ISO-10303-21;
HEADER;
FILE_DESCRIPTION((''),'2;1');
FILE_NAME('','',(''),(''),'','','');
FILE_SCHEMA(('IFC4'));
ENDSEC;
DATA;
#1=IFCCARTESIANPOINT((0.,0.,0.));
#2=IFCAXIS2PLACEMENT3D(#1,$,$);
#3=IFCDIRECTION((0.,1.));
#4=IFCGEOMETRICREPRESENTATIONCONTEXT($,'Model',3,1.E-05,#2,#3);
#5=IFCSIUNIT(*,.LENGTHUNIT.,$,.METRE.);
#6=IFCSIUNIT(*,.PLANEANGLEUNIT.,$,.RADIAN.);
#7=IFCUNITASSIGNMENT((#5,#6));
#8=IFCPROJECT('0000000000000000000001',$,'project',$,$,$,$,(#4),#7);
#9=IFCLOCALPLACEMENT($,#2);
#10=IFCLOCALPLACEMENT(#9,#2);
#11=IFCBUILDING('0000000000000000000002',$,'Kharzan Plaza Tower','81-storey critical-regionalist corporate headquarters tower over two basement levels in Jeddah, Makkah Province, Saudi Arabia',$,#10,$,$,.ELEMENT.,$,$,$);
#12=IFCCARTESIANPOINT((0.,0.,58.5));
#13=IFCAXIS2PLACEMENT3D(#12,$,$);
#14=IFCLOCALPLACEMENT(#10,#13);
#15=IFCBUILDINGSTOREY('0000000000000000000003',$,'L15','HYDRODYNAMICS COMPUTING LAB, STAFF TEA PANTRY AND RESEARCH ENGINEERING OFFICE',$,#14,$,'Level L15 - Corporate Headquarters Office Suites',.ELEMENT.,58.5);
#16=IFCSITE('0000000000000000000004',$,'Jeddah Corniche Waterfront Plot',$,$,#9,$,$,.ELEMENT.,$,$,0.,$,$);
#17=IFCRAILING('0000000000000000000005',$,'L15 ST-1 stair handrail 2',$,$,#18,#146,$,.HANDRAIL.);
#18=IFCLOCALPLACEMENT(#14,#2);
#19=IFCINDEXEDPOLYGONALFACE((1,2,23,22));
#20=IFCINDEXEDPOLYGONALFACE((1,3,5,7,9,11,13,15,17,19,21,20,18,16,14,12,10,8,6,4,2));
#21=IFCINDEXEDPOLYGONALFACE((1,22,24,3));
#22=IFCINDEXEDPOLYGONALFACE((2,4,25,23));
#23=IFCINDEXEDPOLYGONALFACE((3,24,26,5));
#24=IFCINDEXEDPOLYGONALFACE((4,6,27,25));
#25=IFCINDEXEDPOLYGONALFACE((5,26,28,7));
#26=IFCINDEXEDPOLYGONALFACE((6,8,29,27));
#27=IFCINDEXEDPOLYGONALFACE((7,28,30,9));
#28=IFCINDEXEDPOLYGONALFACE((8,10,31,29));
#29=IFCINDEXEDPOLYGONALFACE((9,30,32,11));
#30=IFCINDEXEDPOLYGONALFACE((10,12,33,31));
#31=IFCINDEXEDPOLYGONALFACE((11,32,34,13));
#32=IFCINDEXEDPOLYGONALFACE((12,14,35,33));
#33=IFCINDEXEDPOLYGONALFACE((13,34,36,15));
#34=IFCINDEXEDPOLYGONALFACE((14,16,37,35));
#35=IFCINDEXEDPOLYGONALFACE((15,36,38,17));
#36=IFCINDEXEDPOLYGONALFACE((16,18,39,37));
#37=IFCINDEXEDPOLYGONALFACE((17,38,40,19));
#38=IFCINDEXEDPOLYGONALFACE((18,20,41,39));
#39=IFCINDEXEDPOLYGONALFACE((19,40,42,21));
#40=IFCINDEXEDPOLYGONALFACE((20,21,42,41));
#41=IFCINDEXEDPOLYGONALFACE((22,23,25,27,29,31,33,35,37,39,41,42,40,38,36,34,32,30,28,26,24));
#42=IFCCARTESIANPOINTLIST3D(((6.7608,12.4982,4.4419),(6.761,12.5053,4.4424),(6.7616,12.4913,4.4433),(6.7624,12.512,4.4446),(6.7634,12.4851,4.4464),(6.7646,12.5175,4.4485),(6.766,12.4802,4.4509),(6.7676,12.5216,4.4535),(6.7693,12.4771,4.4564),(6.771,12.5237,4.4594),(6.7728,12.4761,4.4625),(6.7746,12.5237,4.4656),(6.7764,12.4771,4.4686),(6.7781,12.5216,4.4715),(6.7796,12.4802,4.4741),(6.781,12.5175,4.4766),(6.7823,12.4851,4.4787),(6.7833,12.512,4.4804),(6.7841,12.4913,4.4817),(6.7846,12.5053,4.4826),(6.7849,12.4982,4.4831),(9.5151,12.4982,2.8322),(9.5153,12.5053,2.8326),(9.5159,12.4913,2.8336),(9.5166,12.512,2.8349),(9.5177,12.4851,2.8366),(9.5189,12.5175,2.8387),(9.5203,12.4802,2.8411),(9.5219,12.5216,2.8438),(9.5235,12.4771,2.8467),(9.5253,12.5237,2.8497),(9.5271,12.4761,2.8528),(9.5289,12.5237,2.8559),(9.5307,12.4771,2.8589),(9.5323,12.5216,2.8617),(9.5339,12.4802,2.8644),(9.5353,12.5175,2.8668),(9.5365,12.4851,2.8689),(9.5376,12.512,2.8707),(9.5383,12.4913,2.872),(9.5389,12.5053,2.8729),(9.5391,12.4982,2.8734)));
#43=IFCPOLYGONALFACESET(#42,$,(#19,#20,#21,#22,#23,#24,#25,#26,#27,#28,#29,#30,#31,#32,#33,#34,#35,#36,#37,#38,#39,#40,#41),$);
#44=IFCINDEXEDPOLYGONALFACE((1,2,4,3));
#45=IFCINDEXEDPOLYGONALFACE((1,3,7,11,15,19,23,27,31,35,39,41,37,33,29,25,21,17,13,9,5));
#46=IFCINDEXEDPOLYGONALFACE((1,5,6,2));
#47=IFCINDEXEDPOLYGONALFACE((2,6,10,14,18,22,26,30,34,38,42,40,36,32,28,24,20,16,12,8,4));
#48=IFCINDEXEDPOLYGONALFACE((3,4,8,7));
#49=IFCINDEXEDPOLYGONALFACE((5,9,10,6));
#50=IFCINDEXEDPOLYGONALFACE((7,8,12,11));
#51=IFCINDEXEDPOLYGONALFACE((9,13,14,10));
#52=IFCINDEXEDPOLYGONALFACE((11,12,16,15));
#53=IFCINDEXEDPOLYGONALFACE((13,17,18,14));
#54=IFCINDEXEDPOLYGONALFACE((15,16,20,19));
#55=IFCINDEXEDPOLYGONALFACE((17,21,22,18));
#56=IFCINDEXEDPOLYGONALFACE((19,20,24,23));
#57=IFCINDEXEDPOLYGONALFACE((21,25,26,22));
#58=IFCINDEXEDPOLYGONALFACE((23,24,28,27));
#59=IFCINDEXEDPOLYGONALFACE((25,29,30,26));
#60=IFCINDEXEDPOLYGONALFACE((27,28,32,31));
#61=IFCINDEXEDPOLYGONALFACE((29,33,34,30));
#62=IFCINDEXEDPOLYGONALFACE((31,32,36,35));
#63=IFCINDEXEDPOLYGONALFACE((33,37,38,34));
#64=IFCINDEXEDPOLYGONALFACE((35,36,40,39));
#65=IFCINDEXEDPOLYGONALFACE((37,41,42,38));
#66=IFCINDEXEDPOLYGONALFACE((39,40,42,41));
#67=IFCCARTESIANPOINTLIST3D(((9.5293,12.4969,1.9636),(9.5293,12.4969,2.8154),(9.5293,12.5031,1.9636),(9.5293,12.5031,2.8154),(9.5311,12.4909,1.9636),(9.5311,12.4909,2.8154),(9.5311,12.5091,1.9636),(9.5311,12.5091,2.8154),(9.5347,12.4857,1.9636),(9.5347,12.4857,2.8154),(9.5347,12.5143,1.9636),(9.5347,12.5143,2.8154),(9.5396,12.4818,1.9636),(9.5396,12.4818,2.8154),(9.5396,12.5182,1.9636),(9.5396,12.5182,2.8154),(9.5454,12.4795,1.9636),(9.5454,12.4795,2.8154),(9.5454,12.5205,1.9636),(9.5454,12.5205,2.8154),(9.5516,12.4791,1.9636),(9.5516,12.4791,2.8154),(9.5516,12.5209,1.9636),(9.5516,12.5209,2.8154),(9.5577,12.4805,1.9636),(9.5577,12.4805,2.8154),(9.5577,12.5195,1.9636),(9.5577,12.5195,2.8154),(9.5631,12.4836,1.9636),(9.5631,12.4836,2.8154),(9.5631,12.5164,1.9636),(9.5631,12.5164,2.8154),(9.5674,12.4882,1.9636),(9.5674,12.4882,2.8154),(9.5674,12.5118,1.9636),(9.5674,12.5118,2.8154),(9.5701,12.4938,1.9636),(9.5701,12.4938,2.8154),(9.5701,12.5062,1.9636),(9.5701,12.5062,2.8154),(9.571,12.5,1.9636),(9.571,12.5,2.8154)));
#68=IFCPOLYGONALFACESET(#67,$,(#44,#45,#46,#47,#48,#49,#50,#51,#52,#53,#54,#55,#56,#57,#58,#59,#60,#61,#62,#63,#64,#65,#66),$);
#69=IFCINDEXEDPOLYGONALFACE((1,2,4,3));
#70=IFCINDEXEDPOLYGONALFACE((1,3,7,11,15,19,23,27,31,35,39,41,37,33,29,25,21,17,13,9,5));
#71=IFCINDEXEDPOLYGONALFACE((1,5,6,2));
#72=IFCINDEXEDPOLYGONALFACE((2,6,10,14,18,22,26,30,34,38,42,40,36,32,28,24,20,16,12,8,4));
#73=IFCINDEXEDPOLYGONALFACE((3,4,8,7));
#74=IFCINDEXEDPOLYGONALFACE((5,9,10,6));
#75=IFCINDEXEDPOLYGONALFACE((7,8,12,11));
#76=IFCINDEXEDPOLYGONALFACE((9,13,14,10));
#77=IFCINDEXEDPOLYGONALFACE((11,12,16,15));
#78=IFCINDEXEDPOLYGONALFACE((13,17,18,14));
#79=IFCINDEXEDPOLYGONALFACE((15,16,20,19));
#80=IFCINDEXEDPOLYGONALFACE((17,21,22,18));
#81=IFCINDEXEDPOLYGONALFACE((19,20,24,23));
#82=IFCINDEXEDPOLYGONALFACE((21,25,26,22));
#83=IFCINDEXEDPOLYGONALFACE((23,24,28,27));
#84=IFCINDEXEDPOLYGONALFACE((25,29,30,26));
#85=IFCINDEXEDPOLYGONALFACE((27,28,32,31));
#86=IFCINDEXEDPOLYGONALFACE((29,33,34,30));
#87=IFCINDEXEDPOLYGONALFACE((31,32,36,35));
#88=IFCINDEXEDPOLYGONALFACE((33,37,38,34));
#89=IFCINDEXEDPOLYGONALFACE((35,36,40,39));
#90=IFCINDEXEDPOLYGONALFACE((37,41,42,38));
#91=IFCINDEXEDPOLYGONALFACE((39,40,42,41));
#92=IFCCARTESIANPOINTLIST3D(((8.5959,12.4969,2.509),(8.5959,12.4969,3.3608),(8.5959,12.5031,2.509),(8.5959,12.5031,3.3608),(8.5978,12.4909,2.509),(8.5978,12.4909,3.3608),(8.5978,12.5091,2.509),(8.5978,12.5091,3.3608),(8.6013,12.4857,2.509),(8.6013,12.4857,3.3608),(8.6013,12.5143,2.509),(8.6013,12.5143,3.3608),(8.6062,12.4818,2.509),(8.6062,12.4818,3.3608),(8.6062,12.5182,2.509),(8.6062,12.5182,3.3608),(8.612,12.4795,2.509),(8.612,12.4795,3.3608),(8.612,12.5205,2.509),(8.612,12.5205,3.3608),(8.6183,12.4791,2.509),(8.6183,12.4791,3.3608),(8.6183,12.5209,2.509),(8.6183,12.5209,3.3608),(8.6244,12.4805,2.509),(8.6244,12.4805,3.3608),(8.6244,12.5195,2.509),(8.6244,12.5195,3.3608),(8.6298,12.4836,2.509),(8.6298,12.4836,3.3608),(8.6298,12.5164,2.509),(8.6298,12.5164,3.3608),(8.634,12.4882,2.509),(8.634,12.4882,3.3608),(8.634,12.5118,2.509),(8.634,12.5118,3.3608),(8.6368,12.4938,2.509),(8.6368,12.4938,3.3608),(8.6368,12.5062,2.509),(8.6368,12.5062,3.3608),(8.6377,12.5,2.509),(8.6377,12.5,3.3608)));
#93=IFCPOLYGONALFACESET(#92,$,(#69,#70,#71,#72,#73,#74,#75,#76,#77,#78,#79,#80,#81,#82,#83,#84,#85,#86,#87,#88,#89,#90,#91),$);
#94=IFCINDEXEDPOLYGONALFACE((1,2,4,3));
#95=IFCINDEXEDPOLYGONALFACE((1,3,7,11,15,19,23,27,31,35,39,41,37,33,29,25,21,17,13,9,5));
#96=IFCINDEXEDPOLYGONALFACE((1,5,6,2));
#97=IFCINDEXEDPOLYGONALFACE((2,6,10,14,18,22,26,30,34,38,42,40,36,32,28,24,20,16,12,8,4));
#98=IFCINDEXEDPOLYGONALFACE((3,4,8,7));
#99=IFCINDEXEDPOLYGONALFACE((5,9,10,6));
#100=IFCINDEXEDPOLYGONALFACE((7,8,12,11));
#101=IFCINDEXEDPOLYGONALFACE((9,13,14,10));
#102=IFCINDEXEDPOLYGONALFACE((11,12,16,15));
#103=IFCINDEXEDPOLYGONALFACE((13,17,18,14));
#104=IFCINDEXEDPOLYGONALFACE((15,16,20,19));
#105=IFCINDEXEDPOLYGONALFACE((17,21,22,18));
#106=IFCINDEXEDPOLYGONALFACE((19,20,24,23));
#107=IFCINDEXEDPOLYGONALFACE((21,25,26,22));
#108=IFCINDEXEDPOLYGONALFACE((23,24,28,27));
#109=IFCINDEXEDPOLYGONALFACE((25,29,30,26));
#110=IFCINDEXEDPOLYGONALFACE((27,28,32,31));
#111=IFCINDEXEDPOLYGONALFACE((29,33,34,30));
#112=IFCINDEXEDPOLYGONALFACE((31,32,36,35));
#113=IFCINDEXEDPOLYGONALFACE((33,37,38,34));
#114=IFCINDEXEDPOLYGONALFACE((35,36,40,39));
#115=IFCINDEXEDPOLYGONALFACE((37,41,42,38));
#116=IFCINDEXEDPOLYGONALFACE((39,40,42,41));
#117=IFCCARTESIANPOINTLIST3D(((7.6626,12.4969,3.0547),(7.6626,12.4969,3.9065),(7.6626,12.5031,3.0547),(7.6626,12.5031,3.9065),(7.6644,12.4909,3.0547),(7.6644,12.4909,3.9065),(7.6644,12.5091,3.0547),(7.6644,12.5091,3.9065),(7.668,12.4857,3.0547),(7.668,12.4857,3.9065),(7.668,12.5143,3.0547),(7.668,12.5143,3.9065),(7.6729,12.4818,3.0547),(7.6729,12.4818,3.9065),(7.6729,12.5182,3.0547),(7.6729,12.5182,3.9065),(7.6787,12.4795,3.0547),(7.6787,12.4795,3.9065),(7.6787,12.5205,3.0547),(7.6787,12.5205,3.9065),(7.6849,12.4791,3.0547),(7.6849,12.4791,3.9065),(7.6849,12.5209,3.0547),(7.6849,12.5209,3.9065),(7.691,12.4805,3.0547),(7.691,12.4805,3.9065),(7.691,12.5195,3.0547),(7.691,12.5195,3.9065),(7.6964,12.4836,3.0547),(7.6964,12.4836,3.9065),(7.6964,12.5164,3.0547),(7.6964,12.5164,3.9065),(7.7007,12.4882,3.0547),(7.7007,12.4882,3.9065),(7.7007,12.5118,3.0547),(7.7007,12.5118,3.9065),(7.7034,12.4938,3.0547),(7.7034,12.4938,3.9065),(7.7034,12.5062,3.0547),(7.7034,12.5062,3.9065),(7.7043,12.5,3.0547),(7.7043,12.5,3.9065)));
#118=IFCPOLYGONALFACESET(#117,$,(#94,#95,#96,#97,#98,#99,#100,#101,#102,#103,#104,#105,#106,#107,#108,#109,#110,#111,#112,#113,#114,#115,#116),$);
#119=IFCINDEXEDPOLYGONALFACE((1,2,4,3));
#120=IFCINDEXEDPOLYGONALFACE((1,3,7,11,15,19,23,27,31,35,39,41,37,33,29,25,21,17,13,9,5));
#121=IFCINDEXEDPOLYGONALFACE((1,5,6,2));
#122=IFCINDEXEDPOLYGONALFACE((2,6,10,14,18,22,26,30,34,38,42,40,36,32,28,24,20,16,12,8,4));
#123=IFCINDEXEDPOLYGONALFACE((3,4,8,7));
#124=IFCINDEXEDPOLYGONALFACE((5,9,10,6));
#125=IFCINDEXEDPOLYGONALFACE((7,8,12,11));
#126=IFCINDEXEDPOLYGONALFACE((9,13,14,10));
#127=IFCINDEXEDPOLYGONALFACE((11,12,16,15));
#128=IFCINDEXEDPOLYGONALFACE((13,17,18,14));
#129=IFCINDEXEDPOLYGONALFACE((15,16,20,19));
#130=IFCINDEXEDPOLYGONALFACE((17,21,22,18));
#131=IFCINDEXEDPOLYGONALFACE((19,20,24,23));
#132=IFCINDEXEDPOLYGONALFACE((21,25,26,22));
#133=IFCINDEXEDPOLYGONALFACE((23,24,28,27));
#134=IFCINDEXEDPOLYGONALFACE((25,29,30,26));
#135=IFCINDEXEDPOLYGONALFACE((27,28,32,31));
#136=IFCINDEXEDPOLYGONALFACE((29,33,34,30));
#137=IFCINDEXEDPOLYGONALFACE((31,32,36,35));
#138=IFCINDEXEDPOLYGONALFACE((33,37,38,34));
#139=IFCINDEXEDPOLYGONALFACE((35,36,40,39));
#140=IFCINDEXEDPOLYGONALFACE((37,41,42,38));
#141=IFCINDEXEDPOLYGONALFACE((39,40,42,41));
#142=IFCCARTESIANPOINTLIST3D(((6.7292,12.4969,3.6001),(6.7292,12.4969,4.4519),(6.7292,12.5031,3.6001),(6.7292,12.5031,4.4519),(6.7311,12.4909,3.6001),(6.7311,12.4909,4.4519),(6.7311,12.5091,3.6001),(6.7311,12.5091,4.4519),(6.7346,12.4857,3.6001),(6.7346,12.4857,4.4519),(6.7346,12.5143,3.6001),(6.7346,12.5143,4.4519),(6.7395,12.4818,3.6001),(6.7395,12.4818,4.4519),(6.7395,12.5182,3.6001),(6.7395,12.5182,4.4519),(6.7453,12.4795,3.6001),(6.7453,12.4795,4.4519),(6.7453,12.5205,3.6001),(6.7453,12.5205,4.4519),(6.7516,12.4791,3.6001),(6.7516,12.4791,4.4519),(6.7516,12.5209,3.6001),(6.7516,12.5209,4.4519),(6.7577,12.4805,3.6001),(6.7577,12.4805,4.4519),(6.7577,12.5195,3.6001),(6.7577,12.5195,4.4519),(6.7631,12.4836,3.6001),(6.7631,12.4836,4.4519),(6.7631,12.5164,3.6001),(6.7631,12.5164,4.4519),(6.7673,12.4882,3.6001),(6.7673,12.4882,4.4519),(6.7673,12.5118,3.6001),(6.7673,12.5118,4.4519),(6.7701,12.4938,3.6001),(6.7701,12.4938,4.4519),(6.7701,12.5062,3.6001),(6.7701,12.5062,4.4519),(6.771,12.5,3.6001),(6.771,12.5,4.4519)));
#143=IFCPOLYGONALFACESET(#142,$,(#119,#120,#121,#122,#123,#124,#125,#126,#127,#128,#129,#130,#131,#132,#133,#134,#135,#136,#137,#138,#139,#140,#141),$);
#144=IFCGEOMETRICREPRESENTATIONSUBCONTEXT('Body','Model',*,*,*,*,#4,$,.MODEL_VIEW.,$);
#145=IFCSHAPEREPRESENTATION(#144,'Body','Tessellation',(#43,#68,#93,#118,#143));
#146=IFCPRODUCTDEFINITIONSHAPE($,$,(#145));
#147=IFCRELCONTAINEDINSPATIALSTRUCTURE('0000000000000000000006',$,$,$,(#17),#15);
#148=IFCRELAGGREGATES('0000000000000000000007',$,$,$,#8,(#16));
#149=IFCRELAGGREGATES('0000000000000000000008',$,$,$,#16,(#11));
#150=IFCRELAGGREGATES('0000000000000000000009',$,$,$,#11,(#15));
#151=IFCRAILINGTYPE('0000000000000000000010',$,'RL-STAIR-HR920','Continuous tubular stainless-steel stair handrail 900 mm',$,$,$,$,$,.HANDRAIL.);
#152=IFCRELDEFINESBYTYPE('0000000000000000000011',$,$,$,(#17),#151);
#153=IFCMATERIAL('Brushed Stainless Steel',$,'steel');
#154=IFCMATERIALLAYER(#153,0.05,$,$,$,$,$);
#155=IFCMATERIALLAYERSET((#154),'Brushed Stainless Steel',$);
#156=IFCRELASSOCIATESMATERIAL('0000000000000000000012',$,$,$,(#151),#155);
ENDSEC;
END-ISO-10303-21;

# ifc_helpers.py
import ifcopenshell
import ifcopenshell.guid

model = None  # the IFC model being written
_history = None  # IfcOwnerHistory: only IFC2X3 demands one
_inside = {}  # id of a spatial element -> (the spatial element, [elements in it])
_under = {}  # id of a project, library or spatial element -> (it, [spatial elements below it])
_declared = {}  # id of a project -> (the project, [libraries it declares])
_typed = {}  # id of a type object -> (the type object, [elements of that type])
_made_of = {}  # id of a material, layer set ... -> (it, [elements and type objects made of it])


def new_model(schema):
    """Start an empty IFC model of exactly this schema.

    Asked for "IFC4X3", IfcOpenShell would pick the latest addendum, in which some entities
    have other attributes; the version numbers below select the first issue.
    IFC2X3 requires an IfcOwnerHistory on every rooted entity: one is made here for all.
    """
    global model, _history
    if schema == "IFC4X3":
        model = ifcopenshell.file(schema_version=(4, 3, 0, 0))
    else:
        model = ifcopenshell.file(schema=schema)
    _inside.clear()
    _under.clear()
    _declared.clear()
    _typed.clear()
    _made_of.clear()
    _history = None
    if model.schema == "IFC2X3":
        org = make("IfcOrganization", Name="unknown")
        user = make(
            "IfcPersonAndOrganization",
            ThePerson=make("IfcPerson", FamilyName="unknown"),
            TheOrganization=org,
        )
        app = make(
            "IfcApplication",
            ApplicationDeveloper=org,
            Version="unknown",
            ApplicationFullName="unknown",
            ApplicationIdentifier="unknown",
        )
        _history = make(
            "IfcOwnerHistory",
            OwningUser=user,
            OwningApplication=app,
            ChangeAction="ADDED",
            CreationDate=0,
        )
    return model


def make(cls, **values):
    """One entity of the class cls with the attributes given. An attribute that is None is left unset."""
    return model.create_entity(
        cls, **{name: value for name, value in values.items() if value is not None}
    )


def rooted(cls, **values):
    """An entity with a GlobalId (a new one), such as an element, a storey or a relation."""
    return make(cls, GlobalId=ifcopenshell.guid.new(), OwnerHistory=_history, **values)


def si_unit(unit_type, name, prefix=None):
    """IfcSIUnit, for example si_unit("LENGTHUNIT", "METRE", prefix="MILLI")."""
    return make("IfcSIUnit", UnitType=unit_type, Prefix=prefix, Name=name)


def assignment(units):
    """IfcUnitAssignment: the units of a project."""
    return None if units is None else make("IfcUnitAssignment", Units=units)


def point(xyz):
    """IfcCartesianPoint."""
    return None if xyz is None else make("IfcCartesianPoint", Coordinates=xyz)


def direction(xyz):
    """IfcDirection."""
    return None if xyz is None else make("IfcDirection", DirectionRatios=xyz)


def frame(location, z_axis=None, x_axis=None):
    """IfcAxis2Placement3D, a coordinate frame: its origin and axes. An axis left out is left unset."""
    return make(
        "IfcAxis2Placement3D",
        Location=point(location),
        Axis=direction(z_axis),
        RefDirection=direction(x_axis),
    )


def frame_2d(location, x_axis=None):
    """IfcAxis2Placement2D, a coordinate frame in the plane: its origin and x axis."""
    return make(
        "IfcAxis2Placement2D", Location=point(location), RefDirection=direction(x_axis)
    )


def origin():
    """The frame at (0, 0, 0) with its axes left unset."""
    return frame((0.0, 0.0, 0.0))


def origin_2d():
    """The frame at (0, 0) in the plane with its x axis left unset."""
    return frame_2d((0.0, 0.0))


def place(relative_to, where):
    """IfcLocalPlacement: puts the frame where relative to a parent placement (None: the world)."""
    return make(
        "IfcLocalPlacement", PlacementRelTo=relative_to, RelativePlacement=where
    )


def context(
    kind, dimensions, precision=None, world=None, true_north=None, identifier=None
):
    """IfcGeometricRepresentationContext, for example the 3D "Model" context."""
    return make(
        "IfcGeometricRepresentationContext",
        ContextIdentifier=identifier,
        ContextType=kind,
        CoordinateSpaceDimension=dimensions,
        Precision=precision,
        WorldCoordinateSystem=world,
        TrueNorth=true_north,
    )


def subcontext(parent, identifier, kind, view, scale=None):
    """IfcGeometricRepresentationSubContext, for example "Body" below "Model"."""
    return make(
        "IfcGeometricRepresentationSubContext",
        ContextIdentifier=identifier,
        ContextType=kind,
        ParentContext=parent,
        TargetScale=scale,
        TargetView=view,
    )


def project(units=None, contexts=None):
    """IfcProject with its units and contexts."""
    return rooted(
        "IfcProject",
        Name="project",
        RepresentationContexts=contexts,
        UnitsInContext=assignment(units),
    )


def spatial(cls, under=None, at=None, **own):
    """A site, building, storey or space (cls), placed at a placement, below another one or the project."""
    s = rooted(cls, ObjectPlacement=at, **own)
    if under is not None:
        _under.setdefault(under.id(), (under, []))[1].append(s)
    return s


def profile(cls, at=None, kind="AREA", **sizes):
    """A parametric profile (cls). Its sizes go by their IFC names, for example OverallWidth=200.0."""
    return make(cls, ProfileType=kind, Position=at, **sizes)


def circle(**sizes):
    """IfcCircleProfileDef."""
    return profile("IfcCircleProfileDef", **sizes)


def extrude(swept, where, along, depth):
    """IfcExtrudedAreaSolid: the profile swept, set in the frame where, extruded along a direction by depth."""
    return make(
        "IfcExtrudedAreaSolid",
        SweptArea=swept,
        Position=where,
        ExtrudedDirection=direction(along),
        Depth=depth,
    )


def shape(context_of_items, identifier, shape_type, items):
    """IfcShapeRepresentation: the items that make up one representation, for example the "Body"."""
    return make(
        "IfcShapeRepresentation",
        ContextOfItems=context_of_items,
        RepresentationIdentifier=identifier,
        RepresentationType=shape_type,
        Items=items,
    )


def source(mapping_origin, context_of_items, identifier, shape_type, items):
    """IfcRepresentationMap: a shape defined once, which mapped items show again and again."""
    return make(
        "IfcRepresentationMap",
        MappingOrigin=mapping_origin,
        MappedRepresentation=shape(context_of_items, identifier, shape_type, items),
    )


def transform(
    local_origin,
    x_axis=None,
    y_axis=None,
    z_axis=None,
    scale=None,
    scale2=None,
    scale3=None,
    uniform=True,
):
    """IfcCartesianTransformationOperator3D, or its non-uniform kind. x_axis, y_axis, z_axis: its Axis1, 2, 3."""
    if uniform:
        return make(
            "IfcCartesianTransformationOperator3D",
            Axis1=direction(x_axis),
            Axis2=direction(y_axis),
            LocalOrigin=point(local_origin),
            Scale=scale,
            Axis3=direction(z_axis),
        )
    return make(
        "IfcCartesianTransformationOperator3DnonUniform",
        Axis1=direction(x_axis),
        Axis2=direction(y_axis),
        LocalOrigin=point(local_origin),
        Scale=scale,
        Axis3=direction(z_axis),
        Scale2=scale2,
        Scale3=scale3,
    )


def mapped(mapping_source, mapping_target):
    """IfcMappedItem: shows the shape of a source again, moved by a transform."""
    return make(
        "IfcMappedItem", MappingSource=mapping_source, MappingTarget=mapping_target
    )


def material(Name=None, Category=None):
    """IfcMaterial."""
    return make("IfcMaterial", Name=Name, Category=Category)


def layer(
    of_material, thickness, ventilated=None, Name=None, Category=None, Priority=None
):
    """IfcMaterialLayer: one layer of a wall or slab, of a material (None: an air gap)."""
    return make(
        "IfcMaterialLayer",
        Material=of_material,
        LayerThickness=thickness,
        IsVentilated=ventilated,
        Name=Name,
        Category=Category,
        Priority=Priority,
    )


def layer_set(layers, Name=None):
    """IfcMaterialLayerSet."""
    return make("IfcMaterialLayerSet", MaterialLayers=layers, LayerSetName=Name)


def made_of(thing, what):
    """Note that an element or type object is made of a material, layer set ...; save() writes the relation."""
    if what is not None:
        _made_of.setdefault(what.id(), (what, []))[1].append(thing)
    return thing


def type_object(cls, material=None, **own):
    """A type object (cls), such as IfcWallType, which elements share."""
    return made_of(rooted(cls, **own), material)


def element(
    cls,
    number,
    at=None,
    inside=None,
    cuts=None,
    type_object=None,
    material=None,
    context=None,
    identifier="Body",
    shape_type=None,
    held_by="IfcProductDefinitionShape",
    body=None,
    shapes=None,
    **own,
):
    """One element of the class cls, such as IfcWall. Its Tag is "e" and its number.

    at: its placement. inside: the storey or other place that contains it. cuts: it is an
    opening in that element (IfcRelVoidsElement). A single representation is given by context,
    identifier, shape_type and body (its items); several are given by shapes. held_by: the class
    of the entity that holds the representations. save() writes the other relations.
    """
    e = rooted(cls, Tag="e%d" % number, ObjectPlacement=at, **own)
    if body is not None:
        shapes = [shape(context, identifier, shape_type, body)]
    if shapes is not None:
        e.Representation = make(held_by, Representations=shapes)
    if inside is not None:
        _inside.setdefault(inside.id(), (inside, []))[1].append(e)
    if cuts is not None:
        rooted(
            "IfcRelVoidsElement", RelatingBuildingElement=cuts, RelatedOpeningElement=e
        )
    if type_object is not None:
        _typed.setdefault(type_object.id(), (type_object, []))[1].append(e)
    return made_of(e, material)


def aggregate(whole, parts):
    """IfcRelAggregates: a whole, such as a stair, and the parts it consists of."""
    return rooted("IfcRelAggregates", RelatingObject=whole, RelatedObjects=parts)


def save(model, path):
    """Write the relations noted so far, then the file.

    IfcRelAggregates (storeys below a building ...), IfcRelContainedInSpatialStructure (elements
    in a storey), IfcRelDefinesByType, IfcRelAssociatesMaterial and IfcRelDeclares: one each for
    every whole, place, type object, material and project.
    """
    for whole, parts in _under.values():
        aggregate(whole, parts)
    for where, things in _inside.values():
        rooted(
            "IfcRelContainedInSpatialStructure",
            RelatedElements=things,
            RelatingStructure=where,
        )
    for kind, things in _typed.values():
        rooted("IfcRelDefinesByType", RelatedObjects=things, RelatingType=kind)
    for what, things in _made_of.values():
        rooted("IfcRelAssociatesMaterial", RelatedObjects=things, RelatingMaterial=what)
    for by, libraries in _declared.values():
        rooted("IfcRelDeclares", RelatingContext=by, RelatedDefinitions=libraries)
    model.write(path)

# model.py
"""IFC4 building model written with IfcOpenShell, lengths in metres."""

from ifc_helpers import new_model, si_unit, direction, frame, origin, origin_2d, place, context, subcontext, project, spatial, circle, extrude, source, transform, mapped, material, layer, layer_set, type_object, element, save


model = new_model("IFC4")

# Units and contexts
model_context = context("Model", 3, precision=1e-05, world=origin(), true_north=direction((0.0, 1.0)))
body_context = subcontext(model_context, "Body", "Model", "MODEL_VIEW")
ifc_project = project(units=[si_unit("LENGTHUNIT", "METRE"), si_unit("PLANEANGLEUNIT", "RADIAN")], contexts=[model_context])

# Site, building, storey
site_placement = place(None, origin())
site = spatial("IfcSite", under=ifc_project, at=site_placement, Name="Jeddah Corniche Waterfront Plot", CompositionType="ELEMENT", RefElevation=0.0)
building_placement = place(site_placement, origin())
building = spatial("IfcBuilding", under=site, at=building_placement, Name="Kharzan Plaza Tower", Description="81-storey critical-regionalist corporate headquarters tower over two basement levels in Jeddah, Makkah Province, Saudi Arabia", CompositionType="ELEMENT")
storey_placement = place(building_placement, frame((0.0, 0.0, 58.5)))
storey = spatial("IfcBuildingStorey", under=building, at=storey_placement, Name="L15", Description="HYDRODYNAMICS COMPUTING LAB, STAFF TEA PANTRY AND RESEARCH ENGINEERING OFFICE", LongName="Level L15 - Corporate Headquarters Office Suites", CompositionType="ELEMENT", Elevation=58.5)

# Shared definitions
ifc_material_1 = material(Name="Brushed Stainless Steel", Category="steel")

# Railing
ifc_layer_1 = layer(ifc_material_1, 0.05)
ifc_layer_set_1 = layer_set([ifc_layer_1], Name="Brushed Stainless Steel")
railing_type = type_object("IfcRailingType", Name="RL-STAIR-HR920", Description="Continuous tubular stainless-steel stair handrail 900 mm", PredefinedType="HANDRAIL", material=ifc_layer_set_1)
shared_shape_1 = source(origin(), body_context, "Body", "SweptSolid", [
    extrude(circle(Radius=0.0239, at=origin_2d()), frame((-0.0229, 0.0, 0.8892), z_axis=(-0.863361, 0.0, 0.504587), x_axis=(0.0, -1.0, 0.0)), (0.0, 0.0, 1.0), 3.1902),
    extrude(circle(Radius=0.021, at=origin_2d()), origin(), (0.0, 0.0, 1.0), 0.8518),
    extrude(circle(Radius=0.021, at=origin_2d()), frame((-0.9333, 0.0, 0.5454)), (0.0, 0.0, 1.0), 0.8518),
    extrude(circle(Radius=0.021, at=origin_2d()), frame((-1.8667, 0.0, 1.0911)), (0.0, 0.0, 1.0), 0.8518),
    extrude(circle(Radius=0.021, at=origin_2d()), frame((-2.8, 0.0, 1.6365)), (0.0, 0.0, 1.0), 0.8518),
])
railing_placement = place(storey_placement, frame((9.55, 12.5, 1.9636)))
element("IfcRailing", 1, at=railing_placement, inside=storey, type_object=railing_type, Name="L15 ST-1 stair handrail 2", PredefinedType="HANDRAIL", context=body_context, shape_type="MappedRepresentation", body=[
    mapped(shared_shape_1, transform((0.0, 0.0, 0.0), x_axis=(1.0, 0.0, 0.0), y_axis=(0.0, 1.0, 0.0), z_axis=(0.0, 0.0, 1.0))),
])

save(model, "model.ifc")
